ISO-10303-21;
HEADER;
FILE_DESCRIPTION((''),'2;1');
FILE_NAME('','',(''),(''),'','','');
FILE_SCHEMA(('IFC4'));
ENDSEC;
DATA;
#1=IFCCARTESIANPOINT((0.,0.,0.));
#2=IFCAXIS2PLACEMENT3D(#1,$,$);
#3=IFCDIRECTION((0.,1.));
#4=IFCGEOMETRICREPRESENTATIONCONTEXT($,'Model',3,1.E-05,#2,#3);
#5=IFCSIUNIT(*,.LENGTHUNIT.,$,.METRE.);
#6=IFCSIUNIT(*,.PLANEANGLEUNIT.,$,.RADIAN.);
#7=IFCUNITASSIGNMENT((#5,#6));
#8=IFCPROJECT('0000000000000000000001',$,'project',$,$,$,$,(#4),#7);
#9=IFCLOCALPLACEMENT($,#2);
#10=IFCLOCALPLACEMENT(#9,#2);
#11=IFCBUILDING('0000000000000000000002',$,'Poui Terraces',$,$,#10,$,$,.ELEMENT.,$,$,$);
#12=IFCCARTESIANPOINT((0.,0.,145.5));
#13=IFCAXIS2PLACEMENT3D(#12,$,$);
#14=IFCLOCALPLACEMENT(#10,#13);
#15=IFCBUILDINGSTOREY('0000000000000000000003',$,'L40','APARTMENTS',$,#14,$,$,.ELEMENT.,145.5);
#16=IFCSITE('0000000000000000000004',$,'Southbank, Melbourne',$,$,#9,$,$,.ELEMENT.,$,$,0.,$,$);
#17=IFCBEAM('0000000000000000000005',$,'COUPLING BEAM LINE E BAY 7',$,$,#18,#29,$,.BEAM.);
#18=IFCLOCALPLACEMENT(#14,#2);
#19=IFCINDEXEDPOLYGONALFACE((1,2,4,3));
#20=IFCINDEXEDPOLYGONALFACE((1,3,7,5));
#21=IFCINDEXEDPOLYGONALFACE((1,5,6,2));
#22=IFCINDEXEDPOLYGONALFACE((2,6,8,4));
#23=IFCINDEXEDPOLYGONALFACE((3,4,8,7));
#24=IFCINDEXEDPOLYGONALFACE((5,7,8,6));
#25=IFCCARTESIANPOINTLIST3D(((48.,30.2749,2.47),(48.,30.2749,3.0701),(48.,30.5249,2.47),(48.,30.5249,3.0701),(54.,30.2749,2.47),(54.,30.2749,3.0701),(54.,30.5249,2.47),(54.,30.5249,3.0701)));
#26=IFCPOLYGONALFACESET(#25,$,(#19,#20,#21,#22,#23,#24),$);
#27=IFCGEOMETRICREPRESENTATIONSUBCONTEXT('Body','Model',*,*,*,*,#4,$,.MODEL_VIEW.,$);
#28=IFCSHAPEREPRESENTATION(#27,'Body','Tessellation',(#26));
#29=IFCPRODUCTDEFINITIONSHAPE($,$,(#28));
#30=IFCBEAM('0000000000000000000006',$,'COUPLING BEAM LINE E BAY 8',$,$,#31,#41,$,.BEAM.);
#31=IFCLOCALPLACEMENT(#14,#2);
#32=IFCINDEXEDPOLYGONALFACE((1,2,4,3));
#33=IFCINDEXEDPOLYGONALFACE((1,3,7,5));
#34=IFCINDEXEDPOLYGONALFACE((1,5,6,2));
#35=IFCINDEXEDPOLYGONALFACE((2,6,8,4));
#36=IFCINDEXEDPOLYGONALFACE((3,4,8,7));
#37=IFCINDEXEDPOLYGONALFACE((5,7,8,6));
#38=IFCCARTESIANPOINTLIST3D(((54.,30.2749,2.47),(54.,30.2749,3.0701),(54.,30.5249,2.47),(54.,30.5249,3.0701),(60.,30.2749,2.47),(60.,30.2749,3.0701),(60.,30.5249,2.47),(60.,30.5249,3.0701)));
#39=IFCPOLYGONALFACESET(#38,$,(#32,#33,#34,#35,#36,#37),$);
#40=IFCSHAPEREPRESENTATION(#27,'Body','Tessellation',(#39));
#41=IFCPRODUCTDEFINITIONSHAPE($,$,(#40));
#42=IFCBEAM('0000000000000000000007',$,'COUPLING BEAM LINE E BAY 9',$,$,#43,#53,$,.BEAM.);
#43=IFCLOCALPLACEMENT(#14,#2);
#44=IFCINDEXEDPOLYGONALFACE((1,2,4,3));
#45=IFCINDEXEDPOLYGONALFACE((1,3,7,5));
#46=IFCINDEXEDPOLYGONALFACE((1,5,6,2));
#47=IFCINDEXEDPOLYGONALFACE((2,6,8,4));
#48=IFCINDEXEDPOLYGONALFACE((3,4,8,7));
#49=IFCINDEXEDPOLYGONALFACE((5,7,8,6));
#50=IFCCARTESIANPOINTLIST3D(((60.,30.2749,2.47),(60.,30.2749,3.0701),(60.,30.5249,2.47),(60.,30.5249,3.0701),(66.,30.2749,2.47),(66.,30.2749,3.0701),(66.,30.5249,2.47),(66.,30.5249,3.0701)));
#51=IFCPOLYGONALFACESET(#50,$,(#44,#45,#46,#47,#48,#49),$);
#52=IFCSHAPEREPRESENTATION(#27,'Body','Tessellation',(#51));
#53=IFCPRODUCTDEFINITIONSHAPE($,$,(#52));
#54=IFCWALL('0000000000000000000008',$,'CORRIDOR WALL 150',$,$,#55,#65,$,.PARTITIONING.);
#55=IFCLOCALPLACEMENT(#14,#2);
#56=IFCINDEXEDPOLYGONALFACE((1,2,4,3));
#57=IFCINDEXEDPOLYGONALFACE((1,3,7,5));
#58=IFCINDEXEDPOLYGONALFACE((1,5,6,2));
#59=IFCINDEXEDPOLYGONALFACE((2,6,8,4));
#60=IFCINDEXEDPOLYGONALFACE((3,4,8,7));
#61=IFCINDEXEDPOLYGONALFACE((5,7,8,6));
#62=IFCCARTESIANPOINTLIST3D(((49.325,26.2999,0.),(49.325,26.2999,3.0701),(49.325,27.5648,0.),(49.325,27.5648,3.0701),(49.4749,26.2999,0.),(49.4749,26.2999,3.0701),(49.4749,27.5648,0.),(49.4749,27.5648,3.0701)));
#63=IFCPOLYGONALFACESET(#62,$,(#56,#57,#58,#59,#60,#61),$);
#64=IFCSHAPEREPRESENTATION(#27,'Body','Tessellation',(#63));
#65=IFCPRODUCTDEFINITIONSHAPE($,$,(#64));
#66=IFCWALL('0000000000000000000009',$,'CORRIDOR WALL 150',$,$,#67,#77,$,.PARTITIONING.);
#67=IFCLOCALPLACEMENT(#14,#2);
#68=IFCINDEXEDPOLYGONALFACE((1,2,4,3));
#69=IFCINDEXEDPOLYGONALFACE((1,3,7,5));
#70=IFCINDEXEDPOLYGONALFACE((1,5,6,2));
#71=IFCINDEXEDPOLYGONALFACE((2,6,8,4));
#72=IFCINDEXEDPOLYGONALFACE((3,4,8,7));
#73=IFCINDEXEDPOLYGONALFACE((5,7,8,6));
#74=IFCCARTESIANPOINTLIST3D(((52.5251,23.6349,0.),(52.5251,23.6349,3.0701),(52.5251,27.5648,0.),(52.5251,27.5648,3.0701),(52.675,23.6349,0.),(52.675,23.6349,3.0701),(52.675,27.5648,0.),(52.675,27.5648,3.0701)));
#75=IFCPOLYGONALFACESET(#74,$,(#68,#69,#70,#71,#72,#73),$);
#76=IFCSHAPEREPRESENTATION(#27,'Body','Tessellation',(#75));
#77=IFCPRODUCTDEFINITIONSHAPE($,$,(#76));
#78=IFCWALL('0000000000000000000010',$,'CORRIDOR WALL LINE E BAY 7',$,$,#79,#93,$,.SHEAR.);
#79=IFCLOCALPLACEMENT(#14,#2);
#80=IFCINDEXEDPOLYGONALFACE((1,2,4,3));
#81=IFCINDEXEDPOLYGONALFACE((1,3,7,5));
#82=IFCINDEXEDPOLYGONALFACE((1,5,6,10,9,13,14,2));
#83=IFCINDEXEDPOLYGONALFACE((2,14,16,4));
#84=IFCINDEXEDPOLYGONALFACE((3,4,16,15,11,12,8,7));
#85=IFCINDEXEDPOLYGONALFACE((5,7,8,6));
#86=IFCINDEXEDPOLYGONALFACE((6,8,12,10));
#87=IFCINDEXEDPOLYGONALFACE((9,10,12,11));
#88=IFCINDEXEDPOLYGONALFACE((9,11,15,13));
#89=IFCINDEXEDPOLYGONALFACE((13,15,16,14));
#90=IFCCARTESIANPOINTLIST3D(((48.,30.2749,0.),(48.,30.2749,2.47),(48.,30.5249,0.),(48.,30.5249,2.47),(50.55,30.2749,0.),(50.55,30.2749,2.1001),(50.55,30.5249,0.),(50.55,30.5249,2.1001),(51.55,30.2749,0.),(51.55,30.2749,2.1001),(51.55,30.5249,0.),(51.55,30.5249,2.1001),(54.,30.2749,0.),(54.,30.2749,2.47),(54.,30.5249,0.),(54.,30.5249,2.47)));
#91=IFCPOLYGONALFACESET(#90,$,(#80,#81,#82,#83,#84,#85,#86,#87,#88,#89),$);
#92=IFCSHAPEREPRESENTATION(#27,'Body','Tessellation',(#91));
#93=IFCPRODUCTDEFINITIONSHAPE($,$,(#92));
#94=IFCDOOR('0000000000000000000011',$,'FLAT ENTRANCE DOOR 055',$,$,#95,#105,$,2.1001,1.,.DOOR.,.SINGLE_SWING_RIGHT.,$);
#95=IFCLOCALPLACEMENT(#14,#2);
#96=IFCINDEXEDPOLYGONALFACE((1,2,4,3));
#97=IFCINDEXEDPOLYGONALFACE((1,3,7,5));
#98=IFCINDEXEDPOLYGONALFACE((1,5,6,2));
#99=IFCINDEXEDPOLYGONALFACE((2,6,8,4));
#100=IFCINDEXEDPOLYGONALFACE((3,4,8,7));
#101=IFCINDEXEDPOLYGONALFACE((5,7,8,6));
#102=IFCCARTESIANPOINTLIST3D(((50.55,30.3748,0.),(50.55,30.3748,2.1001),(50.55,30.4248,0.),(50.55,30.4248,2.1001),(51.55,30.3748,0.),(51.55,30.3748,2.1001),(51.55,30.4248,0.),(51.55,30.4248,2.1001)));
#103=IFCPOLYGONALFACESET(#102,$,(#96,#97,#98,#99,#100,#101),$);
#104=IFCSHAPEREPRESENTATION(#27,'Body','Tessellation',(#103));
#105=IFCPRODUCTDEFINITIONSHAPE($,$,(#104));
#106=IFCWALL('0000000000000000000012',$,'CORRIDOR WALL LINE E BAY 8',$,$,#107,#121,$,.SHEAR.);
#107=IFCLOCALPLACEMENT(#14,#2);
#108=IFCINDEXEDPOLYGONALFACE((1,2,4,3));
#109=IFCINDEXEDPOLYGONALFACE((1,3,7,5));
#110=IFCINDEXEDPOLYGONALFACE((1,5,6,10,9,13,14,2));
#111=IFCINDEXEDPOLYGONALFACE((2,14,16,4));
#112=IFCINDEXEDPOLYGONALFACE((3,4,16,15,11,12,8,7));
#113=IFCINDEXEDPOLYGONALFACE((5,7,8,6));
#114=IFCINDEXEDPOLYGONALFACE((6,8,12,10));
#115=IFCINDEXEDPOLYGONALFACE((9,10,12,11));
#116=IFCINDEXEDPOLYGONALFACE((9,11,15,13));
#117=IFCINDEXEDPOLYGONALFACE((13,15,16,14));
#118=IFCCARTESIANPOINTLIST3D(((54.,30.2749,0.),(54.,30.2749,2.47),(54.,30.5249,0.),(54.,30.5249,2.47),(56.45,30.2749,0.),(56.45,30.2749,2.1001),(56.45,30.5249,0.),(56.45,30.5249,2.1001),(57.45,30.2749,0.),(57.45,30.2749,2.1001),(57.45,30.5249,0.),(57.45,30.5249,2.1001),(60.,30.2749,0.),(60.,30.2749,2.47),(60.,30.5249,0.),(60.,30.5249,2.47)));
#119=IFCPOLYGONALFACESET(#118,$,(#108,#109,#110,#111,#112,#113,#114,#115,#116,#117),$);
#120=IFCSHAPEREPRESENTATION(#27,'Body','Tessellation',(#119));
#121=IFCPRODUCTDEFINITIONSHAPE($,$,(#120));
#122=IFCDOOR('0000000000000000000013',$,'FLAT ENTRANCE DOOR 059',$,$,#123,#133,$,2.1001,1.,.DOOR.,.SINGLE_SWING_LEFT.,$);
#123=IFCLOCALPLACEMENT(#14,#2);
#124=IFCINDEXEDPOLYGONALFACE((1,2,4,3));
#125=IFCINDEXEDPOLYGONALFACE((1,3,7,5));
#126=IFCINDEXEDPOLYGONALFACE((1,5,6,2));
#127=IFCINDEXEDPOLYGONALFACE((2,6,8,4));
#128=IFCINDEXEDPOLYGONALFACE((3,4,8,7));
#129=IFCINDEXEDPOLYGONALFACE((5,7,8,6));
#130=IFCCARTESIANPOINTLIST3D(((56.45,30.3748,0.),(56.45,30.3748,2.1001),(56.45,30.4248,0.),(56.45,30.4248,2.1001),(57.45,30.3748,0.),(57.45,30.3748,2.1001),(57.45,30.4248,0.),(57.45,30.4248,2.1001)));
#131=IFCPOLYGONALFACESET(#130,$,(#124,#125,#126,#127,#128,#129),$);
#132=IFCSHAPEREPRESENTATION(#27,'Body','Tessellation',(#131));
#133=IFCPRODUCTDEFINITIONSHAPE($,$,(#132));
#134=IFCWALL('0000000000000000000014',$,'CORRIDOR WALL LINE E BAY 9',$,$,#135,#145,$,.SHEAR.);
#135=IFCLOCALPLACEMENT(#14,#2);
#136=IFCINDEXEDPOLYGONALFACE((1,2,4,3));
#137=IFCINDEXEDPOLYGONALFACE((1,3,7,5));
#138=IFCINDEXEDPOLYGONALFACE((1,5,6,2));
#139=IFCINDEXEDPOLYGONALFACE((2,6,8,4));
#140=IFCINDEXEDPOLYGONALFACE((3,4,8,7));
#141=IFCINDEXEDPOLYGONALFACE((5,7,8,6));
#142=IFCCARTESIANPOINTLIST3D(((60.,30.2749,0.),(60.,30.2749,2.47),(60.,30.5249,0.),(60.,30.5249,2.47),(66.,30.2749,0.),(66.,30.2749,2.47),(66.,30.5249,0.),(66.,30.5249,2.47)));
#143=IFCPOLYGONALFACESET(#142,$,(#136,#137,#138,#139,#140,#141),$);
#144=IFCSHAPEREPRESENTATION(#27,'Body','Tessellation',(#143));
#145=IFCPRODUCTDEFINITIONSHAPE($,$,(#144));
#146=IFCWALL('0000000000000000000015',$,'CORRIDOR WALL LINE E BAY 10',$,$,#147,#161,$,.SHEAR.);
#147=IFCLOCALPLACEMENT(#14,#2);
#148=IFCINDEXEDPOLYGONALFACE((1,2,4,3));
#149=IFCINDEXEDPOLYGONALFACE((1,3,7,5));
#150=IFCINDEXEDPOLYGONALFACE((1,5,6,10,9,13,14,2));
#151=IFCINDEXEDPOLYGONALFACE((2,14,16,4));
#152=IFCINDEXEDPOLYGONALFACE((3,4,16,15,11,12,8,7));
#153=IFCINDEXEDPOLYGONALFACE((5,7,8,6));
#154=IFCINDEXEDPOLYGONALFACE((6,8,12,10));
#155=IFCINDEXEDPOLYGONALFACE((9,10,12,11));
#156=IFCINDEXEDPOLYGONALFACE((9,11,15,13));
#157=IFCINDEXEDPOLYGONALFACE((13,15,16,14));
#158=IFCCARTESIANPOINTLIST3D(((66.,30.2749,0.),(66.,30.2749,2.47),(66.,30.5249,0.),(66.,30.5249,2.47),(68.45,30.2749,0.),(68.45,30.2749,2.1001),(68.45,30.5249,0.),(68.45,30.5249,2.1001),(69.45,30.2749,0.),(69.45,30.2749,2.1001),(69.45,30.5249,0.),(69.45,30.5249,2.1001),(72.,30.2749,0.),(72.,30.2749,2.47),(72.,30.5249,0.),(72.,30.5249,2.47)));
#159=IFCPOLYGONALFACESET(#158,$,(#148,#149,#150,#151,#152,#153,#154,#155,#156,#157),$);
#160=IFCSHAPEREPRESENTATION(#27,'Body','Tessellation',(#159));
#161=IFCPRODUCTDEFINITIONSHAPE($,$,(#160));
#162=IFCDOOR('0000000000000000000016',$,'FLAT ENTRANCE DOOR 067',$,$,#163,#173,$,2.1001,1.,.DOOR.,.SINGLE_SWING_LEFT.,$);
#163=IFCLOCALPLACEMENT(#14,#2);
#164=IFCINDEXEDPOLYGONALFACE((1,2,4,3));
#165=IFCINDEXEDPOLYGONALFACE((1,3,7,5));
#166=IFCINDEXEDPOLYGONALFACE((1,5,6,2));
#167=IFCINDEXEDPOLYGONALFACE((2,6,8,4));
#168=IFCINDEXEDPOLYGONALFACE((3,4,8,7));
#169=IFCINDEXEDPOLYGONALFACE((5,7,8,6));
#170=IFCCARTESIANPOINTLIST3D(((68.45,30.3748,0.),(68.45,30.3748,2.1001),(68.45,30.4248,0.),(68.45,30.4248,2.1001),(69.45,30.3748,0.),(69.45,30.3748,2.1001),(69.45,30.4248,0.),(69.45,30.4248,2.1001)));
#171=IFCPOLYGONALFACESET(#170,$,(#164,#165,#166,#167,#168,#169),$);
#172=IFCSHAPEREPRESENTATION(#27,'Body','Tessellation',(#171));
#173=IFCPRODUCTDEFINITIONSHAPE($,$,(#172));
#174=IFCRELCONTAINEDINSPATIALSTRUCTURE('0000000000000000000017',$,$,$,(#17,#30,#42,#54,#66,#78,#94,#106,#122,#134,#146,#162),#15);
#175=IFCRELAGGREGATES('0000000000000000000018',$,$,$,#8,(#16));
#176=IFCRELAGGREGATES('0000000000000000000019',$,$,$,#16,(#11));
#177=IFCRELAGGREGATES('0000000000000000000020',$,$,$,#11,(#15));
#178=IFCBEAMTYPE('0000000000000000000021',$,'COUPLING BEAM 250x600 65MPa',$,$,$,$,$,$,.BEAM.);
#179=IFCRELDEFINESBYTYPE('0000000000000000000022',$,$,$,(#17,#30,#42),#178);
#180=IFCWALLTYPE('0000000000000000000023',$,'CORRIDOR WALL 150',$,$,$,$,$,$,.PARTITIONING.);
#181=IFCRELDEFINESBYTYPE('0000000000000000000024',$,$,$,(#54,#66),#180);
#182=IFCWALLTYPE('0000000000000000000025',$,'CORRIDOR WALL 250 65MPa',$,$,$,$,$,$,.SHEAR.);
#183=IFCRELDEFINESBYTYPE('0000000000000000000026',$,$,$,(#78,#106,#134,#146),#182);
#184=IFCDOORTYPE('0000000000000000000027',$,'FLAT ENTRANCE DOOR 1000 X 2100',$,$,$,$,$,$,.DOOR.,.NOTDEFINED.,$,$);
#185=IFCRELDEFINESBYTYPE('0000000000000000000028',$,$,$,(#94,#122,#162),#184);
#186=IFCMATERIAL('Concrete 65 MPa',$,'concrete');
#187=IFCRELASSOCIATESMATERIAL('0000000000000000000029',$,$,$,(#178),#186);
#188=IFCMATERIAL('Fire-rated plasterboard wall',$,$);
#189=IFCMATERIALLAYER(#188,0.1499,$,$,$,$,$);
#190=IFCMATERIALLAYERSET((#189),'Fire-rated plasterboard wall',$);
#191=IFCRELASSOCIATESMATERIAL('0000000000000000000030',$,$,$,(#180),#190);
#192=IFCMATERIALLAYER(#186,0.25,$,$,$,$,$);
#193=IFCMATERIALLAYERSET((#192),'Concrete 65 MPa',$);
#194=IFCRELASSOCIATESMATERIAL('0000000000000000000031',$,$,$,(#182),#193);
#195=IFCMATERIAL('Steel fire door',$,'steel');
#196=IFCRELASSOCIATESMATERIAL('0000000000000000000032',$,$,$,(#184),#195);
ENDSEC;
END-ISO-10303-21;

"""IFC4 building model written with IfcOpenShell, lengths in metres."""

from ifc_helpers import new_model, si_unit, direction, frame, frame_2d, origin, origin_2d, place, context, subcontext, project, spatial, rectangle, extrude, source, transform, mapped, material, layer, layer_set, material_profile, profile_set, type_object, element, fill, save


model = new_model("IFC4")

# Units and contexts
model_context = context("Model", 3, precision=1e-05, world=origin(), true_north=direction((0.0, 1.0)))
body_context = subcontext(model_context, "Body", "Model", "MODEL_VIEW")
ifc_project = project(units=[si_unit("LENGTHUNIT", "METRE"), si_unit("PLANEANGLEUNIT", "RADIAN")], contexts=[model_context])

# Site, building, storey
site_placement = place(None, origin())
site = spatial("IfcSite", under=ifc_project, at=site_placement, Name="Southbank, Melbourne", CompositionType="ELEMENT", RefElevation=0.0)
building_placement = place(site_placement, origin())
building = spatial("IfcBuilding", under=site, at=building_placement, Name="Poui Terraces", CompositionType="ELEMENT")
storey_placement = place(building_placement, frame((0.0, 0.0, 145.5)))
storey = spatial("IfcBuildingStorey", under=building, at=storey_placement, Name="L40", Description="APARTMENTS", CompositionType="ELEMENT", Elevation=145.5)

# Beams
ifc_material_1 = material(Name="Concrete 65 MPa", Category="concrete")
ifc_material_profile = material_profile(ifc_material_1, rectangle(XDim=0.25, YDim=0.6001, at=origin_2d()), Name="RC 250x600")
ifc_profile_set = profile_set([ifc_material_profile], Name="Concrete 65 MPa")
beam_type = type_object("IfcBeamType", Name="COUPLING BEAM 250x600 65MPa", PredefinedType="BEAM", material=ifc_profile_set)
shared_shape = source(origin(), body_context, "Body", "SweptSolid", [
    extrude(rectangle(XDim=0.25, YDim=0.6001, at=origin_2d()), origin(), (0.0, 0.0, 1.0), 6.0),
])
for number, where, z_axis, x_axis, name in (
    (1, (48.0, 30.3999, 2.77), (1.0, 0.0, 0.0), (0.0, 1.0, 0.0), "COUPLING BEAM LINE E BAY 7"),
    (2, (54.0, 30.3999, 2.77), (1.0, 0.0, 0.0), (0.0, 1.0, 0.0), "COUPLING BEAM LINE E BAY 8"),
    (3, (60.0, 30.3999, 2.77), (1.0, 0.0, 0.0), (0.0, 1.0, 0.0), "COUPLING BEAM LINE E BAY 9"),
):
    element("IfcBeam", number, at=place(storey_placement, frame(where, z_axis=z_axis, x_axis=x_axis)), inside=storey, type_object=beam_type, Name=name, PredefinedType="BEAM", context=body_context, shape_type="MappedRepresentation", body=[
        mapped(shared_shape, transform((0.0, 0.0, 0.0))),
    ])

# Walls
ifc_material_2 = material(Name="Fire-rated plasterboard wall")
ifc_layer_1 = layer(ifc_material_2, 0.1499)
ifc_layer_set_1 = layer_set([ifc_layer_1], Name="Fire-rated plasterboard wall")
wall_type_1 = type_object("IfcWallType", Name="CORRIDOR WALL 150", PredefinedType="PARTITIONING", material=ifc_layer_set_1)
wall_1_placement = place(storey_placement, frame((49.3999, 26.3, 0.0), z_axis=(0.0, 0.0, 1.0), x_axis=(0.0, 1.0, 0.0)))
element("IfcWall", 4, at=wall_1_placement, inside=storey, type_object=wall_type_1, Name="CORRIDOR WALL 150", PredefinedType="PARTITIONING", context=body_context, shape_type="SweptSolid", body=[
    extrude(rectangle(XDim=1.2649, YDim=0.1499, at=frame_2d((0.6323, 0.0))), origin(), (0.0, 0.0, 1.0), 3.0701),
])
wall_2_placement = place(storey_placement, frame((52.6001, 23.635, 0.0), z_axis=(0.0, 0.0, 1.0), x_axis=(0.0, 1.0, 0.0)))
element("IfcWall", 5, at=wall_2_placement, inside=storey, type_object=wall_type_1, Name="CORRIDOR WALL 150", PredefinedType="PARTITIONING", context=body_context, shape_type="SweptSolid", body=[
    extrude(rectangle(XDim=3.9299, YDim=0.1499, at=frame_2d((1.9648, 0.0))), origin(), (0.0, 0.0, 1.0), 3.0701),
])

# Walls, openings, doors
ifc_layer_2 = layer(ifc_material_1, 0.25)
ifc_layer_set_2 = layer_set([ifc_layer_2], Name="Concrete 65 MPa")
wall_type_2 = type_object("IfcWallType", Name="CORRIDOR WALL 250 65MPa", PredefinedType="SHEAR", material=ifc_layer_set_2)
wall_3_placement = place(storey_placement, frame((48.0, 30.3999, 0.0), z_axis=(0.0, 0.0, 1.0), x_axis=(1.0, 0.0, 0.0)))
wall_3 = element("IfcWall", 6, at=wall_3_placement, inside=storey, type_object=wall_type_2, Name="CORRIDOR WALL LINE E BAY 7", PredefinedType="SHEAR", context=body_context, shape_type="SweptSolid", body=[
    extrude(rectangle(XDim=6.0, YDim=0.25, at=frame_2d((3.0, 0.0))), origin(), (0.0, 0.0, 1.0), 2.47),
])
opening_1_placement = place(wall_3_placement, frame((2.55, 0.0, 0.0)))
opening_1 = element("IfcOpeningElement", 7, at=opening_1_placement, cuts=wall_3, PredefinedType="OPENING", context=body_context, shape_type="SweptSolid", body=[
    extrude(rectangle(XDim=1.0, YDim=2.1001, at=frame_2d((0.5, 1.05))), frame((0.0, 0.135, 0.0), z_axis=(0.0, -1.0, 0.0), x_axis=(1.0, 0.0, 0.0)), (0.0, 0.0, 1.0), 0.27),
])
ifc_material_3 = material(Name="Steel fire door", Category="steel")
door_type_1 = type_object("IfcDoorType", Name="FLAT ENTRANCE DOOR 1000 X 2100", OperationType="NOTDEFINED", PredefinedType="DOOR", material=ifc_material_3)
door_1_placement = place(opening_1_placement, origin())
door_1 = element("IfcDoor", 8, at=door_1_placement, inside=storey, type_object=door_type_1, Name="FLAT ENTRANCE DOOR 055", OperationType="SINGLE_SWING_RIGHT", OverallHeight=2.1001, OverallWidth=1.0, PredefinedType="DOOR", context=body_context, shape_type="SweptSolid", body=[
    extrude(rectangle(XDim=1.0, YDim=2.1001, at=frame_2d((0.5, 1.05))), frame((0.0, 0.0249, 0.0), z_axis=(0.0, -1.0, 0.0), x_axis=(1.0, 0.0, 0.0)), (0.0, 0.0, 1.0), 0.05),
])
fill(opening_1, door_1)
wall_4_placement = place(storey_placement, frame((54.0, 30.3999, 0.0), z_axis=(0.0, 0.0, 1.0), x_axis=(1.0, 0.0, 0.0)))
wall_4 = element("IfcWall", 9, at=wall_4_placement, inside=storey, type_object=wall_type_2, Name="CORRIDOR WALL LINE E BAY 8", PredefinedType="SHEAR", context=body_context, shape_type="SweptSolid", body=[
    extrude(rectangle(XDim=6.0, YDim=0.25, at=frame_2d((3.0, 0.0))), origin(), (0.0, 0.0, 1.0), 2.47),
])
opening_2_placement = place(wall_4_placement, frame((2.45, 0.0, 0.0)))
opening_2 = element("IfcOpeningElement", 10, at=opening_2_placement, cuts=wall_4, PredefinedType="OPENING", context=body_context, shape_type="SweptSolid", body=[
    extrude(rectangle(XDim=1.0, YDim=2.1001, at=frame_2d((0.5, 1.05))), frame((0.0, 0.135, 0.0), z_axis=(0.0, -1.0, 0.0), x_axis=(1.0, 0.0, 0.0)), (0.0, 0.0, 1.0), 0.27),
])
door_2_placement = place(opening_2_placement, origin())
door_2 = element("IfcDoor", 11, at=door_2_placement, inside=storey, type_object=door_type_1, Name="FLAT ENTRANCE DOOR 059", OperationType="SINGLE_SWING_LEFT", OverallHeight=2.1001, OverallWidth=1.0, PredefinedType="DOOR", context=body_context, shape_type="SweptSolid", body=[
    extrude(rectangle(XDim=1.0, YDim=2.1001, at=frame_2d((0.5, 1.05))), frame((0.0, 0.0249, 0.0), z_axis=(0.0, -1.0, 0.0), x_axis=(1.0, 0.0, 0.0)), (0.0, 0.0, 1.0), 0.05),
])
fill(opening_2, door_2)

# Wall
wall_5_placement = place(storey_placement, frame((60.0, 30.3999, 0.0), z_axis=(0.0, 0.0, 1.0), x_axis=(1.0, 0.0, 0.0)))
element("IfcWall", 12, at=wall_5_placement, inside=storey, type_object=wall_type_2, Name="CORRIDOR WALL LINE E BAY 9", PredefinedType="SHEAR", context=body_context, shape_type="SweptSolid", body=[
    extrude(rectangle(XDim=6.0, YDim=0.25, at=frame_2d((3.0, 0.0))), origin(), (0.0, 0.0, 1.0), 2.47),
])

# Wall, opening, door
wall_6_placement = place(storey_placement, frame((66.0, 30.3999, 0.0), z_axis=(0.0, 0.0, 1.0), x_axis=(1.0, 0.0, 0.0)))
wall_6 = element("IfcWall", 13, at=wall_6_placement, inside=storey, type_object=wall_type_2, Name="CORRIDOR WALL LINE E BAY 10", PredefinedType="SHEAR", context=body_context, shape_type="SweptSolid", body=[
    extrude(rectangle(XDim=6.0, YDim=0.25, at=frame_2d((3.0, 0.0))), origin(), (0.0, 0.0, 1.0), 2.47),
])
opening_3_placement = place(wall_6_placement, frame((2.45, 0.0, 0.0)))
opening_3 = element("IfcOpeningElement", 14, at=opening_3_placement, cuts=wall_6, PredefinedType="OPENING", context=body_context, shape_type="SweptSolid", body=[
    extrude(rectangle(XDim=1.0, YDim=2.1001, at=frame_2d((0.5, 1.05))), frame((0.0, 0.135, 0.0), z_axis=(0.0, -1.0, 0.0), x_axis=(1.0, 0.0, 0.0)), (0.0, 0.0, 1.0), 0.27),
])
door_3_placement = place(opening_3_placement, origin())
door_3 = element("IfcDoor", 15, at=door_3_placement, inside=storey, type_object=door_type_1, Name="FLAT ENTRANCE DOOR 067", OperationType="SINGLE_SWING_LEFT", OverallHeight=2.1001, OverallWidth=1.0, PredefinedType="DOOR", context=body_context, shape_type="SweptSolid", body=[
    extrude(rectangle(XDim=1.0, YDim=2.1001, at=frame_2d((0.5, 1.05))), frame((0.0, 0.0249, 0.0), z_axis=(0.0, -1.0, 0.0), x_axis=(1.0, 0.0, 0.0)), (0.0, 0.0, 1.0), 0.05),
])
fill(opening_3, door_3)

save(model, "model.ifc")
